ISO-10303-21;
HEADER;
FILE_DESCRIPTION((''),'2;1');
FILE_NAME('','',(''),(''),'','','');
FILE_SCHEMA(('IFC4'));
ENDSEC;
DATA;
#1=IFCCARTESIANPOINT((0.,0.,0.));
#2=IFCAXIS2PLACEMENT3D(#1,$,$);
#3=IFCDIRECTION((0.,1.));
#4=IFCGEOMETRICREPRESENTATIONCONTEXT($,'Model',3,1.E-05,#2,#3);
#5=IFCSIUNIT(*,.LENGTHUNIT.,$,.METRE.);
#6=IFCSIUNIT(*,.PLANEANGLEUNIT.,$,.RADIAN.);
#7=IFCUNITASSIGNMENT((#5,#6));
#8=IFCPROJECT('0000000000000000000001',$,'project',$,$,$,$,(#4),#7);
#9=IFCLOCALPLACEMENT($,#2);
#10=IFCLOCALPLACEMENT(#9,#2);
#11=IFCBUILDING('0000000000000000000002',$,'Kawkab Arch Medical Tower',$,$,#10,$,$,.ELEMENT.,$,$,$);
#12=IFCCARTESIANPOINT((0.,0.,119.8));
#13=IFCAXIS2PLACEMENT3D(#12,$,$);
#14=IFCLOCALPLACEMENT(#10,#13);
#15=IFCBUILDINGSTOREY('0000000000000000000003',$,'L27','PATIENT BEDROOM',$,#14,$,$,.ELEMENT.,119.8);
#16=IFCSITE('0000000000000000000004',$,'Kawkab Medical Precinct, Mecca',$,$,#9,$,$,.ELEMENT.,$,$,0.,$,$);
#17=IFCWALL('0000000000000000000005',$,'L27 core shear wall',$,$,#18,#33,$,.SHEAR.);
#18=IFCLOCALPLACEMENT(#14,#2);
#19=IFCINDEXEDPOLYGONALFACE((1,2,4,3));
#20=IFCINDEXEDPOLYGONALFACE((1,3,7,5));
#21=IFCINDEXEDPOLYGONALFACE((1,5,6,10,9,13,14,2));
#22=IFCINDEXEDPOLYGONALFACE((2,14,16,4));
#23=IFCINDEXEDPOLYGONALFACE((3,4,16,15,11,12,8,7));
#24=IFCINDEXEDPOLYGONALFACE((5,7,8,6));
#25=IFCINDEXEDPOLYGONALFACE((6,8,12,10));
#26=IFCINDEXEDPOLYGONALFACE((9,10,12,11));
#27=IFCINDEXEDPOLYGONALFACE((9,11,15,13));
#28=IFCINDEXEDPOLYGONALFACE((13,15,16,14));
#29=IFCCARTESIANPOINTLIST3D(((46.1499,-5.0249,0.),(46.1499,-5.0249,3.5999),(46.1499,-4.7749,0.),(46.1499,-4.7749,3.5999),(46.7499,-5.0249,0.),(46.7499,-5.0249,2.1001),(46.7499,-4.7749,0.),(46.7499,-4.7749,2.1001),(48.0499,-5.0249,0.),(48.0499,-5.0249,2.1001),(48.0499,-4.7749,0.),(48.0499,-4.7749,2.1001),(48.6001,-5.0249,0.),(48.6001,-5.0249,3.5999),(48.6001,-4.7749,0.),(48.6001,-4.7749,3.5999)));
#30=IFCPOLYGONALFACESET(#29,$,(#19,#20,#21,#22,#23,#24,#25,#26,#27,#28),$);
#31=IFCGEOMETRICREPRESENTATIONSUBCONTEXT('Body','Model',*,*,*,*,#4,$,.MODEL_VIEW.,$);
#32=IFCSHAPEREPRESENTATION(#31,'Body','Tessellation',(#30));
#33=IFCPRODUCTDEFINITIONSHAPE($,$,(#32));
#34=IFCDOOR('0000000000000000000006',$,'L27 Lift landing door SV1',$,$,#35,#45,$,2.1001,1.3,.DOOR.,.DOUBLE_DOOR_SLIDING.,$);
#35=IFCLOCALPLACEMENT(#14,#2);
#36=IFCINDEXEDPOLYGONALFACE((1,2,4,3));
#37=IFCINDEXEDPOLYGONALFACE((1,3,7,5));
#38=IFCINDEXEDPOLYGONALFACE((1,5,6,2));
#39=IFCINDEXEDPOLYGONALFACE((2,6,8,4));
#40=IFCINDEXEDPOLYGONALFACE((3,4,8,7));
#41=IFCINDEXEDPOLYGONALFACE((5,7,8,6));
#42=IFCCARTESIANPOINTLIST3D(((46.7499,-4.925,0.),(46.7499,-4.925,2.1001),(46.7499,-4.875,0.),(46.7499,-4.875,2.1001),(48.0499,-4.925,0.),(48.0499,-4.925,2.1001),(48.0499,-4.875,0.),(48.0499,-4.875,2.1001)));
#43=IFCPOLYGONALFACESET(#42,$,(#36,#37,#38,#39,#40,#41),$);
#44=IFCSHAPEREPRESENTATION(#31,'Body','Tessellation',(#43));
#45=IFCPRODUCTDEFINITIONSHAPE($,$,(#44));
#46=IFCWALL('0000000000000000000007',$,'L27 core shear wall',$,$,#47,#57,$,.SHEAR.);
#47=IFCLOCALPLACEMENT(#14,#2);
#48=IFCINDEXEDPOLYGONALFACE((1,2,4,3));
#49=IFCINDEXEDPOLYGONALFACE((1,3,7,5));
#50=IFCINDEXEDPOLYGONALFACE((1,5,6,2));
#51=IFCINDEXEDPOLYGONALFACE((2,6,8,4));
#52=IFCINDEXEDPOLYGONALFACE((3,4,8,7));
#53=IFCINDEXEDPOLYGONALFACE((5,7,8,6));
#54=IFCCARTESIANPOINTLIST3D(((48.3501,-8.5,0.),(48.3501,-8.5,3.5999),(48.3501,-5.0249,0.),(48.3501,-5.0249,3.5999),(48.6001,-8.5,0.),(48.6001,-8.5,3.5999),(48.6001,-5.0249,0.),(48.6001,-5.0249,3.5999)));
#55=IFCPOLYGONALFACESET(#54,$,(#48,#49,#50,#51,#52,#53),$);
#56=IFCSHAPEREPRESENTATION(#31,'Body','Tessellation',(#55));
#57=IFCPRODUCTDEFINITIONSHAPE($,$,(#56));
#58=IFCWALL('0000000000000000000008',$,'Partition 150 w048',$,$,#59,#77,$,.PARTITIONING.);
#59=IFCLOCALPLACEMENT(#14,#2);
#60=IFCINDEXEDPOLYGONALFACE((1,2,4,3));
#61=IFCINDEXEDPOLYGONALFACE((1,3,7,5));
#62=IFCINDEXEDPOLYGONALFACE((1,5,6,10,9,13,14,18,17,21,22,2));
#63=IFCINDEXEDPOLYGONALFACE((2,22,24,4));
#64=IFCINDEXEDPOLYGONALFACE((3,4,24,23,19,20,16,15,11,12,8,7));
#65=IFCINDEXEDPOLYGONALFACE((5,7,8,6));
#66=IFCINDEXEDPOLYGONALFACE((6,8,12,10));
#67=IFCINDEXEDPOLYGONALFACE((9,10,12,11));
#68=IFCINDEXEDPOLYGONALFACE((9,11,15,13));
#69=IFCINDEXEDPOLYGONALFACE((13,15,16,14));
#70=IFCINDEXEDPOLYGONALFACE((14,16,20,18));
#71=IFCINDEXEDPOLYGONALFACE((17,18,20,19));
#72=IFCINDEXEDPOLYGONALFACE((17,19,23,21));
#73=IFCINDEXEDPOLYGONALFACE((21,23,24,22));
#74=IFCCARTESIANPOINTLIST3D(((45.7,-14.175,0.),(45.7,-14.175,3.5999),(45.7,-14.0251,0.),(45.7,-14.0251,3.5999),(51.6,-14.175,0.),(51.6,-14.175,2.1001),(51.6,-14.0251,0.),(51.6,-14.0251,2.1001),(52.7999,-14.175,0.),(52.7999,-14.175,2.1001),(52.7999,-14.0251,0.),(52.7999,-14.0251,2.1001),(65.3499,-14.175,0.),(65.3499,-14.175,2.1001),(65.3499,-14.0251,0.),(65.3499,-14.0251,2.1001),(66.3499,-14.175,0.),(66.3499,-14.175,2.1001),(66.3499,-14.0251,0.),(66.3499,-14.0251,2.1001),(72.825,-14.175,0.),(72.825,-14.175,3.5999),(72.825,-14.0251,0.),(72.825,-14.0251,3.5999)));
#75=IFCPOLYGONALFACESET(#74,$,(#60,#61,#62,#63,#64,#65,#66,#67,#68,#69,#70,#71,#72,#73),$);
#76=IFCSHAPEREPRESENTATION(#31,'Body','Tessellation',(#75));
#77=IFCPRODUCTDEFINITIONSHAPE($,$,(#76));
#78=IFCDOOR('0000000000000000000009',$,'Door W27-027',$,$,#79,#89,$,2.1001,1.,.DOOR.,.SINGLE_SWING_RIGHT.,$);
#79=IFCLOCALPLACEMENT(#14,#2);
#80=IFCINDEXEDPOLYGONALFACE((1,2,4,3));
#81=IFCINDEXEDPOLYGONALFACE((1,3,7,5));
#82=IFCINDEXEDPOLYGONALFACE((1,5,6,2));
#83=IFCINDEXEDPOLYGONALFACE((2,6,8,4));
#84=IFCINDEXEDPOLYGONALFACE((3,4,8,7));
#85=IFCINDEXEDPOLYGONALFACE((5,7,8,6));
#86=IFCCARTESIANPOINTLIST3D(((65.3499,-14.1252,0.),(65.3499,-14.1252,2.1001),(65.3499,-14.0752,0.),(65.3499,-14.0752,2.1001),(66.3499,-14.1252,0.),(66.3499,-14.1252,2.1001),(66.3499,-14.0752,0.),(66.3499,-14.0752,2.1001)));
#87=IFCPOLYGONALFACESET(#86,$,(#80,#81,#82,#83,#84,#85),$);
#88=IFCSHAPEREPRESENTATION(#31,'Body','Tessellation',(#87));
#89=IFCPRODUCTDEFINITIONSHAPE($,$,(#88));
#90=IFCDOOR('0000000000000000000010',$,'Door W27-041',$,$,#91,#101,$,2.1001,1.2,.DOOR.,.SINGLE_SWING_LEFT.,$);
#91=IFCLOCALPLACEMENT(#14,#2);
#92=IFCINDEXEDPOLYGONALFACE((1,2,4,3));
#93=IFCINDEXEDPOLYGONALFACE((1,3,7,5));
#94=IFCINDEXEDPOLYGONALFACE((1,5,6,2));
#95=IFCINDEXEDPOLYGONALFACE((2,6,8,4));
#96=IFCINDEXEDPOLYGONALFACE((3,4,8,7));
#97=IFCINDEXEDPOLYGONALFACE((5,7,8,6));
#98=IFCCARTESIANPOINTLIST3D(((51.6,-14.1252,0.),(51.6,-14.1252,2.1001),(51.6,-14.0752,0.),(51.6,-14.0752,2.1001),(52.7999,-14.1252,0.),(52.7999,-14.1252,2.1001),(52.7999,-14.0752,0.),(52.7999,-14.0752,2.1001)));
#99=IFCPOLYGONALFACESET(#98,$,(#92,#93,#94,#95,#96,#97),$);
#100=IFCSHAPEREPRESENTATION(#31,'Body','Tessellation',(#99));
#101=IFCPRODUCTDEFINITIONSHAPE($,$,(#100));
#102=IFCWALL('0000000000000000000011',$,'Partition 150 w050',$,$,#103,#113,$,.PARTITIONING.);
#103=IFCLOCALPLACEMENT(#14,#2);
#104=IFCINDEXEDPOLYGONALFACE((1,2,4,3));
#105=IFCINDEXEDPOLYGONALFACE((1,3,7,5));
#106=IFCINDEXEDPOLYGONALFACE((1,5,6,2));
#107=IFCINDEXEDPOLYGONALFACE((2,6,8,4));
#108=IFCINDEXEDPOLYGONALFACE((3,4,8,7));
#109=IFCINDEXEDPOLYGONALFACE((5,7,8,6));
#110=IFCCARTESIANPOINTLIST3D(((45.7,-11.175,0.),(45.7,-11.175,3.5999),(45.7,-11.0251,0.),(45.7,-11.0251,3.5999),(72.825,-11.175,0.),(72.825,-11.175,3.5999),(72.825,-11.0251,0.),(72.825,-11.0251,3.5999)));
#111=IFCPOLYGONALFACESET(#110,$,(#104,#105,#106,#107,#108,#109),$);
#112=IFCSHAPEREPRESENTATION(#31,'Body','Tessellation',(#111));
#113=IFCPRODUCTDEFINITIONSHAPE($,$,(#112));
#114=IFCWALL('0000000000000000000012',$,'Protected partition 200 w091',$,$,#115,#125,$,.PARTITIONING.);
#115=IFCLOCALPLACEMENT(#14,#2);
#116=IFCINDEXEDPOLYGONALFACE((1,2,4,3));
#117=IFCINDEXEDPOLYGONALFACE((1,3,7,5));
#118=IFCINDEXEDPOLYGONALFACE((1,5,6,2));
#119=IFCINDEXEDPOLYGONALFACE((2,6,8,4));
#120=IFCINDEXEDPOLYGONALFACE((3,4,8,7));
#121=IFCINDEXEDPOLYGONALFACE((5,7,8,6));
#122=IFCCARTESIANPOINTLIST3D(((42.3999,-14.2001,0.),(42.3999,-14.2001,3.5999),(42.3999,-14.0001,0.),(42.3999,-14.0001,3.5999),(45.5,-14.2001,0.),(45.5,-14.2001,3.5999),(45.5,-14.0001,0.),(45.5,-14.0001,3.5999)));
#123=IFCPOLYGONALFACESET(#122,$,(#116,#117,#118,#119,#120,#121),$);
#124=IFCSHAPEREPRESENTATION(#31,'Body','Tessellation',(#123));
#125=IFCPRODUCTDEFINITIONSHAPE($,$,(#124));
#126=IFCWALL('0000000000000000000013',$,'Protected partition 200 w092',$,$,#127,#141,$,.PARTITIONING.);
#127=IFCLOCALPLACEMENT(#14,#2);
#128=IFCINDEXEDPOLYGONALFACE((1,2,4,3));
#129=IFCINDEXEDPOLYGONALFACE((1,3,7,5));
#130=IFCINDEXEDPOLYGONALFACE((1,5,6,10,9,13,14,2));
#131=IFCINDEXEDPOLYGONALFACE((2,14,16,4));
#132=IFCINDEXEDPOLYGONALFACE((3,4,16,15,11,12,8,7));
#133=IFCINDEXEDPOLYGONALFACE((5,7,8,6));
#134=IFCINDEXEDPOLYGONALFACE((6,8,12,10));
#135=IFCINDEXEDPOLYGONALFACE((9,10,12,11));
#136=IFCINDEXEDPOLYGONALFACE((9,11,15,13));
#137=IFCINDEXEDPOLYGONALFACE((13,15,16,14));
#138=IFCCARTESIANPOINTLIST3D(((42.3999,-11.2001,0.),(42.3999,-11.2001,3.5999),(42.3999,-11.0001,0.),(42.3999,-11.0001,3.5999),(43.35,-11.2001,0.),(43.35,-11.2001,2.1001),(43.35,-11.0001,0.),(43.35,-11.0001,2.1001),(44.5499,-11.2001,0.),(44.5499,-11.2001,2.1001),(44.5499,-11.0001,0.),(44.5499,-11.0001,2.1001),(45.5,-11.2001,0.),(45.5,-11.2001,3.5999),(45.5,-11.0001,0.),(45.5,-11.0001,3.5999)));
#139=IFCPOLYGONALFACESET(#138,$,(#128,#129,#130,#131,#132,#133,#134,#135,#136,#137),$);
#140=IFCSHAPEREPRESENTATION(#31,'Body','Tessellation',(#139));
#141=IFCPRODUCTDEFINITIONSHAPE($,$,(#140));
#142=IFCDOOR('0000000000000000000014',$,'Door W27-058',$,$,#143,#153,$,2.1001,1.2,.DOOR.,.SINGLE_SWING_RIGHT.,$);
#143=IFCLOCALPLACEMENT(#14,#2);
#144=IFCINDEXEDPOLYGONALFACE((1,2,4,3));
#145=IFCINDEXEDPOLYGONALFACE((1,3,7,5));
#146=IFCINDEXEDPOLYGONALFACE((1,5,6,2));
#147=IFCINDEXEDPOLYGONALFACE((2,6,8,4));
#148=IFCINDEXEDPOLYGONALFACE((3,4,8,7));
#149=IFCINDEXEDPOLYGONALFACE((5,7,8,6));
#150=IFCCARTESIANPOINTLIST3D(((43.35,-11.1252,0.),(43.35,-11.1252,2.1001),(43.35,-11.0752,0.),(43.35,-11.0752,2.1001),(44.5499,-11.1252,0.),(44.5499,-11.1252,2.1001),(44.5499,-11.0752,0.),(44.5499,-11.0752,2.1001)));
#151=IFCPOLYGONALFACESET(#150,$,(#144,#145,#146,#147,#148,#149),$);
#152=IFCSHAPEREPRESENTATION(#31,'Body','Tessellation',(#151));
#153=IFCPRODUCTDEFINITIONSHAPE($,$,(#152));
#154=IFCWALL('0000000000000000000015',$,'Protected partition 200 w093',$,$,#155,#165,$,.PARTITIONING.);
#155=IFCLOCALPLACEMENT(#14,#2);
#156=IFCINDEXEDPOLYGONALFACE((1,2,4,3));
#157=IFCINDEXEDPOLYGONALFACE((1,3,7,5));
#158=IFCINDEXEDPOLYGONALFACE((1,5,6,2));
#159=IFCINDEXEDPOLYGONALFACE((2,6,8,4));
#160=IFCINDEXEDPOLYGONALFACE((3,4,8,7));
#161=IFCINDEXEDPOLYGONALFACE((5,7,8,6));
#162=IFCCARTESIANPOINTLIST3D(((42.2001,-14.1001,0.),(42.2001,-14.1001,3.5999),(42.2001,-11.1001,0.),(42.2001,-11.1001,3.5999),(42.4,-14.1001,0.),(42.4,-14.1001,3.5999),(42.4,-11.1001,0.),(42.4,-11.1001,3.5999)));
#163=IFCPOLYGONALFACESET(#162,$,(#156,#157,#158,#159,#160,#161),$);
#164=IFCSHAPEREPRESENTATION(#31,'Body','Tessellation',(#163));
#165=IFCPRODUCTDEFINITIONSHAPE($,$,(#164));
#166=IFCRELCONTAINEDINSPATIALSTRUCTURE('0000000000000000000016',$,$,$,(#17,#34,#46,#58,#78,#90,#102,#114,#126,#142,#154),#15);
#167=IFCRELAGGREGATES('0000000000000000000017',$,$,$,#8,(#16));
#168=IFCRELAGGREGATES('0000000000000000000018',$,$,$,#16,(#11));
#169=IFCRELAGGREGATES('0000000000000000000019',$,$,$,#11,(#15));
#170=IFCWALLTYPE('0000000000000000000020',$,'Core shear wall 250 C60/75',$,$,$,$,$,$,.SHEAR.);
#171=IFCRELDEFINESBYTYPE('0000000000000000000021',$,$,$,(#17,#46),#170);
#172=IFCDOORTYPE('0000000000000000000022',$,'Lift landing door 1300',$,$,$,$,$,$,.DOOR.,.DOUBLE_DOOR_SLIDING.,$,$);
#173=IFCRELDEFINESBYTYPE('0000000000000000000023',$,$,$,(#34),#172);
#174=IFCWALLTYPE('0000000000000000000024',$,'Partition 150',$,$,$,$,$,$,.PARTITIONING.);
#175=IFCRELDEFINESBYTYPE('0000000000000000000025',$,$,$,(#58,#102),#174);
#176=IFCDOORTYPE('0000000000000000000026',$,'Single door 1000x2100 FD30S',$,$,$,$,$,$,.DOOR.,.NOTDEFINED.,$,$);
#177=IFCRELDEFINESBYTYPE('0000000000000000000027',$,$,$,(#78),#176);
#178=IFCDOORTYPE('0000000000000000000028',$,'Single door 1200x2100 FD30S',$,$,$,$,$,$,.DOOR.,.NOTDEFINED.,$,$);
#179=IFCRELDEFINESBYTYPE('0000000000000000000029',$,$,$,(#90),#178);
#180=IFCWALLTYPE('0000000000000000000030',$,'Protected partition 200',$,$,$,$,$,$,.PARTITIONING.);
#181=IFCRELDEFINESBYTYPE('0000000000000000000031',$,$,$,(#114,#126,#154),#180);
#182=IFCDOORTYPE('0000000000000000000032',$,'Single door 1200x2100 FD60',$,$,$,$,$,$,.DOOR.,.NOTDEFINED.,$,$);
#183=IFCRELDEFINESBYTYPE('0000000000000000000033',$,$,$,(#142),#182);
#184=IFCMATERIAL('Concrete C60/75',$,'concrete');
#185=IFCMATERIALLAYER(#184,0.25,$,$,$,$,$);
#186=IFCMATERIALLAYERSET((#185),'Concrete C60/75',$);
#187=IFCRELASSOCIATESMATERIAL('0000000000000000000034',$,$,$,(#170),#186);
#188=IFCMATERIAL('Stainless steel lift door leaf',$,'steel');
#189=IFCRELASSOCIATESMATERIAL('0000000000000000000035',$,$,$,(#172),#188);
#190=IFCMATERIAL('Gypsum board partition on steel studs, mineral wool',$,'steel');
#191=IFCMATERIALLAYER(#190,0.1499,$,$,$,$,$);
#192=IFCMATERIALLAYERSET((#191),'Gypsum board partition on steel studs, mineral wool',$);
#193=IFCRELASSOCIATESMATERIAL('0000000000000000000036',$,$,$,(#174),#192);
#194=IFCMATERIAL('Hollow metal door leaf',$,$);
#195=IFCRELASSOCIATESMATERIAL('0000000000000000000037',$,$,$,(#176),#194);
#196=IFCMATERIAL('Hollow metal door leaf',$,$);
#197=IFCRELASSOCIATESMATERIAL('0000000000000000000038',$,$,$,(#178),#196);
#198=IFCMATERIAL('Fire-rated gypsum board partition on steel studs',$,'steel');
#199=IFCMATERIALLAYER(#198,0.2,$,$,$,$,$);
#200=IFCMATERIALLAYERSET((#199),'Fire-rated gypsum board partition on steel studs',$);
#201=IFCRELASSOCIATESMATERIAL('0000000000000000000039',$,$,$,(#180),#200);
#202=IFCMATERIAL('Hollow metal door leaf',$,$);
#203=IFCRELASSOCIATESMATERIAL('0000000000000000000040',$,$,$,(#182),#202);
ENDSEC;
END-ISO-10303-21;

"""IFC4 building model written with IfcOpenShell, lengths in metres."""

from ifc_helpers import new_model, si_unit, direction, frame, frame_2d, origin, place, context, subcontext, project, spatial, rectangle, extrude, material, layer, layer_set, type_object, element, fill, save


model = new_model("IFC4")

# Units and contexts
model_context = context("Model", 3, precision=1e-05, world=origin(), true_north=direction((0.0, 1.0)))
body_context = subcontext(model_context, "Body", "Model", "MODEL_VIEW")
ifc_project = project(units=[si_unit("LENGTHUNIT", "METRE"), si_unit("PLANEANGLEUNIT", "RADIAN")], contexts=[model_context])

# Site, building, storey
site_placement = place(None, origin())
site = spatial("IfcSite", under=ifc_project, at=site_placement, Name="Kawkab Medical Precinct, Mecca", CompositionType="ELEMENT", RefElevation=0.0)
building_placement = place(site_placement, origin())
building = spatial("IfcBuilding", under=site, at=building_placement, Name="Kawkab Arch Medical Tower", CompositionType="ELEMENT")
storey_placement = place(building_placement, frame((0.0, 0.0, 119.8)))
storey = spatial("IfcBuildingStorey", under=building, at=storey_placement, Name="L27", Description="PATIENT BEDROOM", CompositionType="ELEMENT", Elevation=119.8)

# Wall, opening, door
ifc_material_1 = material(Name="Concrete C60/75", Category="concrete")
ifc_layer_1 = layer(ifc_material_1, 0.25)
ifc_layer_set_1 = layer_set([ifc_layer_1], Name="Concrete C60/75")
wall_type_1 = type_object("IfcWallType", Name="Core shear wall 250 C60/75", PredefinedType="SHEAR", material=ifc_layer_set_1)
wall_1_placement = place(storey_placement, frame((46.1499, -4.8999, 0.0), z_axis=(0.0, 0.0, 1.0), x_axis=(1.0, 0.0, 0.0)))
wall_1 = element("IfcWall", 1, at=wall_1_placement, inside=storey, type_object=wall_type_1, Name="L27 core shear wall", PredefinedType="SHEAR", context=body_context, shape_type="SweptSolid", body=[
    extrude(rectangle(XDim=2.4502, YDim=0.25, at=frame_2d((1.2251, 0.0))), origin(), (0.0, 0.0, 1.0), 3.5999),
])
opening_1_placement = place(wall_1_placement, frame((0.6001, 0.0, 0.0)))
opening_1 = element("IfcOpeningElement", 2, at=opening_1_placement, cuts=wall_1, PredefinedType="OPENING", context=body_context, shape_type="SweptSolid", body=[
    extrude(rectangle(XDim=1.3, YDim=2.1001, at=frame_2d((0.6499, 1.05))), frame((0.0, 0.135, 0.0), z_axis=(0.0, -1.0, 0.0), x_axis=(1.0, 0.0, 0.0)), (0.0, 0.0, 1.0), 0.27),
])
ifc_material_2 = material(Name="Stainless steel lift door leaf", Category="steel")
door_type_1 = type_object("IfcDoorType", Name="Lift landing door 1300", OperationType="DOUBLE_DOOR_SLIDING", PredefinedType="DOOR", material=ifc_material_2)
door_1_placement = place(opening_1_placement, origin())
door_1 = element("IfcDoor", 3, at=door_1_placement, inside=storey, type_object=door_type_1, Name="L27 Lift landing door SV1", OperationType="DOUBLE_DOOR_SLIDING", OverallHeight=2.1001, OverallWidth=1.3, PredefinedType="DOOR", context=body_context, shape_type="SweptSolid", body=[
    extrude(rectangle(XDim=1.3, YDim=2.1001, at=frame_2d((0.6499, 1.05))), frame((0.0, 0.0249, 0.0), z_axis=(0.0, -1.0, 0.0), x_axis=(1.0, 0.0, 0.0)), (0.0, 0.0, 1.0), 0.05),
])
fill(opening_1, door_1)

# Wall
wall_2_placement = place(storey_placement, frame((48.4751, -8.5, 0.0), z_axis=(0.0, 0.0, 1.0), x_axis=(0.0, 1.0, 0.0)))
element("IfcWall", 4, at=wall_2_placement, inside=storey, type_object=wall_type_1, Name="L27 core shear wall", PredefinedType="SHEAR", context=body_context, shape_type="SweptSolid", body=[
    extrude(rectangle(XDim=3.4751, YDim=0.25, at=frame_2d((1.7375, 0.0))), origin(), (0.0, 0.0, 1.0), 3.5999),
])

# Wall, openings, doors
ifc_material_3 = material(Name="Gypsum board partition on steel studs, mineral wool", Category="steel")
ifc_layer_2 = layer(ifc_material_3, 0.1499)
ifc_layer_set_2 = layer_set([ifc_layer_2], Name="Gypsum board partition on steel studs, mineral wool")
wall_type_2 = type_object("IfcWallType", Name="Partition 150", PredefinedType="PARTITIONING", material=ifc_layer_set_2)
wall_3_placement = place(storey_placement, frame((45.7, -14.1001, 0.0), z_axis=(0.0, 0.0, 1.0), x_axis=(1.0, 0.0, 0.0)))
wall_3 = element("IfcWall", 5, at=wall_3_placement, inside=storey, type_object=wall_type_2, Name="Partition 150 w048", PredefinedType="PARTITIONING", context=body_context, shape_type="SweptSolid", body=[
    extrude(rectangle(XDim=27.125, YDim=0.1499, at=frame_2d((13.5625, 0.0))), origin(), (0.0, 0.0, 1.0), 3.5999),
])
opening_2_placement = place(wall_3_placement, frame((5.8999, 0.0, 0.0)))
opening_2 = element("IfcOpeningElement", 6, at=opening_2_placement, cuts=wall_3, PredefinedType="OPENING", context=body_context, shape_type="SweptSolid", body=[
    extrude(rectangle(XDim=1.2, YDim=2.1001, at=frame_2d((0.6001, 1.05))), frame((0.0, 0.085, 0.0), z_axis=(0.0, -1.0, 0.0), x_axis=(1.0, 0.0, 0.0)), (0.0, 0.0, 1.0), 0.1699),
])
opening_3_placement = place(wall_3_placement, frame((19.6499, 0.0, 0.0)))
opening_3 = element("IfcOpeningElement", 7, at=opening_3_placement, cuts=wall_3, PredefinedType="OPENING", context=body_context, shape_type="SweptSolid", body=[
    extrude(rectangle(XDim=1.0, YDim=2.1001, at=frame_2d((0.5, 1.05))), frame((0.0, 0.085, 0.0), z_axis=(0.0, -1.0, 0.0), x_axis=(1.0, 0.0, 0.0)), (0.0, 0.0, 1.0), 0.1699),
])
ifc_material_4 = material(Name="Hollow metal door leaf")
door_type_2 = type_object("IfcDoorType", Name="Single door 1000x2100 FD30S", OperationType="NOTDEFINED", PredefinedType="DOOR", material=ifc_material_4)
door_2_placement = place(opening_3_placement, origin())
door_2 = element("IfcDoor", 8, at=door_2_placement, inside=storey, type_object=door_type_2, Name="Door W27-027", OperationType="SINGLE_SWING_RIGHT", OverallHeight=2.1001, OverallWidth=1.0, PredefinedType="DOOR", context=body_context, shape_type="SweptSolid", body=[
    extrude(rectangle(XDim=1.0, YDim=2.1001, at=frame_2d((0.5, 1.05))), frame((0.0, 0.0249, 0.0), z_axis=(0.0, -1.0, 0.0), x_axis=(1.0, 0.0, 0.0)), (0.0, 0.0, 1.0), 0.05),
])
fill(opening_3, door_2)
ifc_material_5 = material(Name="Hollow metal door leaf")
door_type_3 = type_object("IfcDoorType", Name="Single door 1200x2100 FD30S", OperationType="NOTDEFINED", PredefinedType="DOOR", material=ifc_material_5)
door_3_placement = place(opening_2_placement, origin())
door_3 = element("IfcDoor", 9, at=door_3_placement, inside=storey, type_object=door_type_3, Name="Door W27-041", OperationType="SINGLE_SWING_LEFT", OverallHeight=2.1001, OverallWidth=1.2, PredefinedType="DOOR", context=body_context, shape_type="SweptSolid", body=[
    extrude(rectangle(XDim=1.2, YDim=2.1001, at=frame_2d((0.6001, 1.05))), frame((0.0, 0.0249, 0.0), z_axis=(0.0, -1.0, 0.0), x_axis=(1.0, 0.0, 0.0)), (0.0, 0.0, 1.0), 0.05),
])
fill(opening_2, door_3)

# Walls
wall_4_placement = place(storey_placement, frame((45.7, -11.1001, 0.0), z_axis=(0.0, 0.0, 1.0), x_axis=(1.0, 0.0, 0.0)))
element("IfcWall", 10, at=wall_4_placement, inside=storey, type_object=wall_type_2, Name="Partition 150 w050", PredefinedType="PARTITIONING", context=body_context, shape_type="SweptSolid", body=[
    extrude(rectangle(XDim=27.125, YDim=0.1499, at=frame_2d((13.5625, 0.0))), origin(), (0.0, 0.0, 1.0), 3.5999),
])
ifc_material_6 = material(Name="Fire-rated gypsum board partition on steel studs", Category="steel")
ifc_layer_3 = layer(ifc_material_6, 0.2)
ifc_layer_set_3 = layer_set([ifc_layer_3], Name="Fire-rated gypsum board partition on steel studs")
wall_type_3 = type_object("IfcWallType", Name="Protected partition 200", PredefinedType="PARTITIONING", material=ifc_layer_set_3)
wall_5_placement = place(storey_placement, frame((42.3999, -14.1001, 0.0), z_axis=(0.0, 0.0, 1.0), x_axis=(1.0, 0.0, 0.0)))
element("IfcWall", 11, at=wall_5_placement, inside=storey, type_object=wall_type_3, Name="Protected partition 200 w091", PredefinedType="PARTITIONING", context=body_context, shape_type="SweptSolid", body=[
    extrude(rectangle(XDim=3.1001, YDim=0.2, at=frame_2d((1.55, 0.0))), origin(), (0.0, 0.0, 1.0), 3.5999),
])

# Wall, opening, door
wall_6_placement = place(storey_placement, frame((42.3999, -11.1001, 0.0), z_axis=(0.0, 0.0, 1.0), x_axis=(1.0, 0.0, 0.0)))
wall_6 = element("IfcWall", 12, at=wall_6_placement, inside=storey, type_object=wall_type_3, Name="Protected partition 200 w092", PredefinedType="PARTITIONING", context=body_context, shape_type="SweptSolid", body=[
    extrude(rectangle(XDim=3.1001, YDim=0.2, at=frame_2d((1.55, 0.0))), origin(), (0.0, 0.0, 1.0), 3.5999),
])
opening_4_placement = place(wall_6_placement, frame((0.95, 0.0, 0.0)))
opening_4 = element("IfcOpeningElement", 13, at=opening_4_placement, cuts=wall_6, PredefinedType="OPENING", context=body_context, shape_type="SweptSolid", body=[
    extrude(rectangle(XDim=1.2, YDim=2.1001, at=frame_2d((0.6001, 1.05))), frame((0.0, 0.1099, 0.0), z_axis=(0.0, -1.0, 0.0), x_axis=(1.0, 0.0, 0.0)), (0.0, 0.0, 1.0), 0.22),
])
ifc_material_7 = material(Name="Hollow metal door leaf")
door_type_4 = type_object("IfcDoorType", Name="Single door 1200x2100 FD60", OperationType="NOTDEFINED", PredefinedType="DOOR", material=ifc_material_7)
door_4_placement = place(opening_4_placement, origin())
door_4 = element("IfcDoor", 14, at=door_4_placement, inside=storey, type_object=door_type_4, Name="Door W27-058", OperationType="SINGLE_SWING_RIGHT", OverallHeight=2.1001, OverallWidth=1.2, PredefinedType="DOOR", context=body_context, shape_type="SweptSolid", body=[
    extrude(rectangle(XDim=1.2, YDim=2.1001, at=frame_2d((0.6001, 1.05))), frame((0.0, 0.0249, 0.0), z_axis=(0.0, -1.0, 0.0), x_axis=(1.0, 0.0, 0.0)), (0.0, 0.0, 1.0), 0.05),
])
fill(opening_4, door_4)

# Wall
for number, where, z_axis, x_axis, name in (
    (15, (42.3, -14.1001, 0.0), (0.0, 0.0, 1.0), (0.0, 1.0, 0.0), "Protected partition 200 w093"),
):
    element("IfcWall", number, at=place(storey_placement, frame(where, z_axis=z_axis, x_axis=x_axis)), inside=storey, type_object=wall_type_3, Name=name, PredefinedType="PARTITIONING", context=body_context, shape_type="SweptSolid", body=[
        extrude(rectangle(XDim=3.0, YDim=0.2, at=frame_2d((1.5, 0.0))), origin(), (0.0, 0.0, 1.0), 3.5999),
    ])

save(model, "model.ifc")
